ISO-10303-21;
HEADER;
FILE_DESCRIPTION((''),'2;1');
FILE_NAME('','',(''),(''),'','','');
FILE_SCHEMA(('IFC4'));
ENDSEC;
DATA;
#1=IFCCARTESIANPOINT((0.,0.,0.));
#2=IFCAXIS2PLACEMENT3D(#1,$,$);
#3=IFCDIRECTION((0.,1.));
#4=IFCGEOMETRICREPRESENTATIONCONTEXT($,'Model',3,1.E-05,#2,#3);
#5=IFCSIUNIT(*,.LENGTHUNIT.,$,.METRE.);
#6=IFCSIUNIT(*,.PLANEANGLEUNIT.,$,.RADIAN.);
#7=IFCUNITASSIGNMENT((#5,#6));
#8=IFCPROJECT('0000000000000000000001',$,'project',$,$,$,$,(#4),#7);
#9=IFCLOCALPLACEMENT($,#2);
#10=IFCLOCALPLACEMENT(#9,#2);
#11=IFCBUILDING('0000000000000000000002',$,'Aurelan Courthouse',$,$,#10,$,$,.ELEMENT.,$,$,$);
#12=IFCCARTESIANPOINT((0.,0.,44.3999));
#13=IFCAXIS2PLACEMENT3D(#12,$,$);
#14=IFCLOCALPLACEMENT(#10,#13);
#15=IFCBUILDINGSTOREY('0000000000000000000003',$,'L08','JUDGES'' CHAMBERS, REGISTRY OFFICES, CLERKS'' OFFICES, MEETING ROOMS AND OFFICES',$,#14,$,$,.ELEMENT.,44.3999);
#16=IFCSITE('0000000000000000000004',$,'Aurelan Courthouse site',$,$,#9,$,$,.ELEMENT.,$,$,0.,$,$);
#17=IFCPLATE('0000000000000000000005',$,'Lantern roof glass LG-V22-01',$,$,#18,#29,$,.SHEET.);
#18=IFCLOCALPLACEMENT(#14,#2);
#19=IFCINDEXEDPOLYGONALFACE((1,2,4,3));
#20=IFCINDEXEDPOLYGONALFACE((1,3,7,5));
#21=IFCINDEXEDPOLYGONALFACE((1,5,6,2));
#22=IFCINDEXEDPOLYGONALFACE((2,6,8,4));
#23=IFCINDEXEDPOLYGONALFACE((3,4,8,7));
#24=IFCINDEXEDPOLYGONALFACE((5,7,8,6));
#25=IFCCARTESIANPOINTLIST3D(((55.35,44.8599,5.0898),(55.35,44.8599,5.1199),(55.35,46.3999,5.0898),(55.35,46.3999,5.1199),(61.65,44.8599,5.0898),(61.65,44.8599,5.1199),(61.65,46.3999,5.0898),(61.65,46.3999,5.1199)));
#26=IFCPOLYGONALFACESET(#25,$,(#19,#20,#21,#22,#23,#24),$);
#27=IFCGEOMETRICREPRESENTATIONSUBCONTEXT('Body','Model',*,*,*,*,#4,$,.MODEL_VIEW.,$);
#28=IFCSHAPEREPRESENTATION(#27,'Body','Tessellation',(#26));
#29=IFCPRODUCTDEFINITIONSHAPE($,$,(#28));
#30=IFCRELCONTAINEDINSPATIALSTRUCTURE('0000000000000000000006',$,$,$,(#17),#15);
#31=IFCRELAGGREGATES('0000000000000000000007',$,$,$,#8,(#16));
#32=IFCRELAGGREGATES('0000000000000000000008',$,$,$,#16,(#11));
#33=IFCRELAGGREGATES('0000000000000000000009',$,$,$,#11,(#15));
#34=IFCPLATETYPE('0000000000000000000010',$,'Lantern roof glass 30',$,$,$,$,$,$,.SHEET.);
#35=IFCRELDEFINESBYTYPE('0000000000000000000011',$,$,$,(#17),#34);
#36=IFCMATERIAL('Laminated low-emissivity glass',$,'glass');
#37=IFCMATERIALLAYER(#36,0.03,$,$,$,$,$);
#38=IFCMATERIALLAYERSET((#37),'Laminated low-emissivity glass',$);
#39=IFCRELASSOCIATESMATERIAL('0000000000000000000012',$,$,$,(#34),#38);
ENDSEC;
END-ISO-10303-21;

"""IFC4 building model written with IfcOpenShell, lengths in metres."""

from ifc_helpers import new_model, si_unit, direction, frame, origin, origin_2d, place, context, subcontext, project, spatial, rectangle, extrude, material, layer, layer_set, type_object, element, save


model = new_model("IFC4")

# Units and contexts
model_context = context("Model", 3, precision=1e-05, world=origin(), true_north=direction((0.0, 1.0)))
body_context = subcontext(model_context, "Body", "Model", "MODEL_VIEW")
ifc_project = project(units=[si_unit("LENGTHUNIT", "METRE"), si_unit("PLANEANGLEUNIT", "RADIAN")], contexts=[model_context])

# Site, building, storey
site_placement = place(None, origin())
site = spatial("IfcSite", under=ifc_project, at=site_placement, Name="Aurelan Courthouse site", CompositionType="ELEMENT", RefElevation=0.0)
building_placement = place(site_placement, origin())
building = spatial("IfcBuilding", under=site, at=building_placement, Name="Aurelan Courthouse", CompositionType="ELEMENT")
storey_placement = place(building_placement, frame((0.0, 0.0, 44.3999)))
storey = spatial("IfcBuildingStorey", under=building, at=storey_placement, Name="L08", Description="JUDGES' CHAMBERS, REGISTRY OFFICES, CLERKS' OFFICES, MEETING ROOMS AND OFFICES", CompositionType="ELEMENT", Elevation=44.3999)

# Plate
ifc_material_1 = material(Name="Laminated low-emissivity glass", Category="glass")
ifc_layer_1 = layer(ifc_material_1, 0.03)
ifc_layer_set_1 = layer_set([ifc_layer_1], Name="Laminated low-emissivity glass")
plate_type_1 = type_object("IfcPlateType", Name="Lantern roof glass 30", PredefinedType="SHEET", material=ifc_layer_set_1)
plate_1_placement = place(storey_placement, frame((58.5, 45.6299, 5.0898), z_axis=(0.0, 0.0, 1.0), x_axis=(1.0, 0.0, 0.0)))
element("IfcPlate", 1, at=plate_1_placement, inside=storey, type_object=plate_type_1, Name="Lantern roof glass LG-V22-01", PredefinedType="SHEET", context=body_context, shape_type="SweptSolid", body=[
    extrude(rectangle(XDim=6.3, YDim=1.54, at=origin_2d()), origin(), (0.0, 0.0, 1.0), 0.03),
])

save(model, "model.ifc")
